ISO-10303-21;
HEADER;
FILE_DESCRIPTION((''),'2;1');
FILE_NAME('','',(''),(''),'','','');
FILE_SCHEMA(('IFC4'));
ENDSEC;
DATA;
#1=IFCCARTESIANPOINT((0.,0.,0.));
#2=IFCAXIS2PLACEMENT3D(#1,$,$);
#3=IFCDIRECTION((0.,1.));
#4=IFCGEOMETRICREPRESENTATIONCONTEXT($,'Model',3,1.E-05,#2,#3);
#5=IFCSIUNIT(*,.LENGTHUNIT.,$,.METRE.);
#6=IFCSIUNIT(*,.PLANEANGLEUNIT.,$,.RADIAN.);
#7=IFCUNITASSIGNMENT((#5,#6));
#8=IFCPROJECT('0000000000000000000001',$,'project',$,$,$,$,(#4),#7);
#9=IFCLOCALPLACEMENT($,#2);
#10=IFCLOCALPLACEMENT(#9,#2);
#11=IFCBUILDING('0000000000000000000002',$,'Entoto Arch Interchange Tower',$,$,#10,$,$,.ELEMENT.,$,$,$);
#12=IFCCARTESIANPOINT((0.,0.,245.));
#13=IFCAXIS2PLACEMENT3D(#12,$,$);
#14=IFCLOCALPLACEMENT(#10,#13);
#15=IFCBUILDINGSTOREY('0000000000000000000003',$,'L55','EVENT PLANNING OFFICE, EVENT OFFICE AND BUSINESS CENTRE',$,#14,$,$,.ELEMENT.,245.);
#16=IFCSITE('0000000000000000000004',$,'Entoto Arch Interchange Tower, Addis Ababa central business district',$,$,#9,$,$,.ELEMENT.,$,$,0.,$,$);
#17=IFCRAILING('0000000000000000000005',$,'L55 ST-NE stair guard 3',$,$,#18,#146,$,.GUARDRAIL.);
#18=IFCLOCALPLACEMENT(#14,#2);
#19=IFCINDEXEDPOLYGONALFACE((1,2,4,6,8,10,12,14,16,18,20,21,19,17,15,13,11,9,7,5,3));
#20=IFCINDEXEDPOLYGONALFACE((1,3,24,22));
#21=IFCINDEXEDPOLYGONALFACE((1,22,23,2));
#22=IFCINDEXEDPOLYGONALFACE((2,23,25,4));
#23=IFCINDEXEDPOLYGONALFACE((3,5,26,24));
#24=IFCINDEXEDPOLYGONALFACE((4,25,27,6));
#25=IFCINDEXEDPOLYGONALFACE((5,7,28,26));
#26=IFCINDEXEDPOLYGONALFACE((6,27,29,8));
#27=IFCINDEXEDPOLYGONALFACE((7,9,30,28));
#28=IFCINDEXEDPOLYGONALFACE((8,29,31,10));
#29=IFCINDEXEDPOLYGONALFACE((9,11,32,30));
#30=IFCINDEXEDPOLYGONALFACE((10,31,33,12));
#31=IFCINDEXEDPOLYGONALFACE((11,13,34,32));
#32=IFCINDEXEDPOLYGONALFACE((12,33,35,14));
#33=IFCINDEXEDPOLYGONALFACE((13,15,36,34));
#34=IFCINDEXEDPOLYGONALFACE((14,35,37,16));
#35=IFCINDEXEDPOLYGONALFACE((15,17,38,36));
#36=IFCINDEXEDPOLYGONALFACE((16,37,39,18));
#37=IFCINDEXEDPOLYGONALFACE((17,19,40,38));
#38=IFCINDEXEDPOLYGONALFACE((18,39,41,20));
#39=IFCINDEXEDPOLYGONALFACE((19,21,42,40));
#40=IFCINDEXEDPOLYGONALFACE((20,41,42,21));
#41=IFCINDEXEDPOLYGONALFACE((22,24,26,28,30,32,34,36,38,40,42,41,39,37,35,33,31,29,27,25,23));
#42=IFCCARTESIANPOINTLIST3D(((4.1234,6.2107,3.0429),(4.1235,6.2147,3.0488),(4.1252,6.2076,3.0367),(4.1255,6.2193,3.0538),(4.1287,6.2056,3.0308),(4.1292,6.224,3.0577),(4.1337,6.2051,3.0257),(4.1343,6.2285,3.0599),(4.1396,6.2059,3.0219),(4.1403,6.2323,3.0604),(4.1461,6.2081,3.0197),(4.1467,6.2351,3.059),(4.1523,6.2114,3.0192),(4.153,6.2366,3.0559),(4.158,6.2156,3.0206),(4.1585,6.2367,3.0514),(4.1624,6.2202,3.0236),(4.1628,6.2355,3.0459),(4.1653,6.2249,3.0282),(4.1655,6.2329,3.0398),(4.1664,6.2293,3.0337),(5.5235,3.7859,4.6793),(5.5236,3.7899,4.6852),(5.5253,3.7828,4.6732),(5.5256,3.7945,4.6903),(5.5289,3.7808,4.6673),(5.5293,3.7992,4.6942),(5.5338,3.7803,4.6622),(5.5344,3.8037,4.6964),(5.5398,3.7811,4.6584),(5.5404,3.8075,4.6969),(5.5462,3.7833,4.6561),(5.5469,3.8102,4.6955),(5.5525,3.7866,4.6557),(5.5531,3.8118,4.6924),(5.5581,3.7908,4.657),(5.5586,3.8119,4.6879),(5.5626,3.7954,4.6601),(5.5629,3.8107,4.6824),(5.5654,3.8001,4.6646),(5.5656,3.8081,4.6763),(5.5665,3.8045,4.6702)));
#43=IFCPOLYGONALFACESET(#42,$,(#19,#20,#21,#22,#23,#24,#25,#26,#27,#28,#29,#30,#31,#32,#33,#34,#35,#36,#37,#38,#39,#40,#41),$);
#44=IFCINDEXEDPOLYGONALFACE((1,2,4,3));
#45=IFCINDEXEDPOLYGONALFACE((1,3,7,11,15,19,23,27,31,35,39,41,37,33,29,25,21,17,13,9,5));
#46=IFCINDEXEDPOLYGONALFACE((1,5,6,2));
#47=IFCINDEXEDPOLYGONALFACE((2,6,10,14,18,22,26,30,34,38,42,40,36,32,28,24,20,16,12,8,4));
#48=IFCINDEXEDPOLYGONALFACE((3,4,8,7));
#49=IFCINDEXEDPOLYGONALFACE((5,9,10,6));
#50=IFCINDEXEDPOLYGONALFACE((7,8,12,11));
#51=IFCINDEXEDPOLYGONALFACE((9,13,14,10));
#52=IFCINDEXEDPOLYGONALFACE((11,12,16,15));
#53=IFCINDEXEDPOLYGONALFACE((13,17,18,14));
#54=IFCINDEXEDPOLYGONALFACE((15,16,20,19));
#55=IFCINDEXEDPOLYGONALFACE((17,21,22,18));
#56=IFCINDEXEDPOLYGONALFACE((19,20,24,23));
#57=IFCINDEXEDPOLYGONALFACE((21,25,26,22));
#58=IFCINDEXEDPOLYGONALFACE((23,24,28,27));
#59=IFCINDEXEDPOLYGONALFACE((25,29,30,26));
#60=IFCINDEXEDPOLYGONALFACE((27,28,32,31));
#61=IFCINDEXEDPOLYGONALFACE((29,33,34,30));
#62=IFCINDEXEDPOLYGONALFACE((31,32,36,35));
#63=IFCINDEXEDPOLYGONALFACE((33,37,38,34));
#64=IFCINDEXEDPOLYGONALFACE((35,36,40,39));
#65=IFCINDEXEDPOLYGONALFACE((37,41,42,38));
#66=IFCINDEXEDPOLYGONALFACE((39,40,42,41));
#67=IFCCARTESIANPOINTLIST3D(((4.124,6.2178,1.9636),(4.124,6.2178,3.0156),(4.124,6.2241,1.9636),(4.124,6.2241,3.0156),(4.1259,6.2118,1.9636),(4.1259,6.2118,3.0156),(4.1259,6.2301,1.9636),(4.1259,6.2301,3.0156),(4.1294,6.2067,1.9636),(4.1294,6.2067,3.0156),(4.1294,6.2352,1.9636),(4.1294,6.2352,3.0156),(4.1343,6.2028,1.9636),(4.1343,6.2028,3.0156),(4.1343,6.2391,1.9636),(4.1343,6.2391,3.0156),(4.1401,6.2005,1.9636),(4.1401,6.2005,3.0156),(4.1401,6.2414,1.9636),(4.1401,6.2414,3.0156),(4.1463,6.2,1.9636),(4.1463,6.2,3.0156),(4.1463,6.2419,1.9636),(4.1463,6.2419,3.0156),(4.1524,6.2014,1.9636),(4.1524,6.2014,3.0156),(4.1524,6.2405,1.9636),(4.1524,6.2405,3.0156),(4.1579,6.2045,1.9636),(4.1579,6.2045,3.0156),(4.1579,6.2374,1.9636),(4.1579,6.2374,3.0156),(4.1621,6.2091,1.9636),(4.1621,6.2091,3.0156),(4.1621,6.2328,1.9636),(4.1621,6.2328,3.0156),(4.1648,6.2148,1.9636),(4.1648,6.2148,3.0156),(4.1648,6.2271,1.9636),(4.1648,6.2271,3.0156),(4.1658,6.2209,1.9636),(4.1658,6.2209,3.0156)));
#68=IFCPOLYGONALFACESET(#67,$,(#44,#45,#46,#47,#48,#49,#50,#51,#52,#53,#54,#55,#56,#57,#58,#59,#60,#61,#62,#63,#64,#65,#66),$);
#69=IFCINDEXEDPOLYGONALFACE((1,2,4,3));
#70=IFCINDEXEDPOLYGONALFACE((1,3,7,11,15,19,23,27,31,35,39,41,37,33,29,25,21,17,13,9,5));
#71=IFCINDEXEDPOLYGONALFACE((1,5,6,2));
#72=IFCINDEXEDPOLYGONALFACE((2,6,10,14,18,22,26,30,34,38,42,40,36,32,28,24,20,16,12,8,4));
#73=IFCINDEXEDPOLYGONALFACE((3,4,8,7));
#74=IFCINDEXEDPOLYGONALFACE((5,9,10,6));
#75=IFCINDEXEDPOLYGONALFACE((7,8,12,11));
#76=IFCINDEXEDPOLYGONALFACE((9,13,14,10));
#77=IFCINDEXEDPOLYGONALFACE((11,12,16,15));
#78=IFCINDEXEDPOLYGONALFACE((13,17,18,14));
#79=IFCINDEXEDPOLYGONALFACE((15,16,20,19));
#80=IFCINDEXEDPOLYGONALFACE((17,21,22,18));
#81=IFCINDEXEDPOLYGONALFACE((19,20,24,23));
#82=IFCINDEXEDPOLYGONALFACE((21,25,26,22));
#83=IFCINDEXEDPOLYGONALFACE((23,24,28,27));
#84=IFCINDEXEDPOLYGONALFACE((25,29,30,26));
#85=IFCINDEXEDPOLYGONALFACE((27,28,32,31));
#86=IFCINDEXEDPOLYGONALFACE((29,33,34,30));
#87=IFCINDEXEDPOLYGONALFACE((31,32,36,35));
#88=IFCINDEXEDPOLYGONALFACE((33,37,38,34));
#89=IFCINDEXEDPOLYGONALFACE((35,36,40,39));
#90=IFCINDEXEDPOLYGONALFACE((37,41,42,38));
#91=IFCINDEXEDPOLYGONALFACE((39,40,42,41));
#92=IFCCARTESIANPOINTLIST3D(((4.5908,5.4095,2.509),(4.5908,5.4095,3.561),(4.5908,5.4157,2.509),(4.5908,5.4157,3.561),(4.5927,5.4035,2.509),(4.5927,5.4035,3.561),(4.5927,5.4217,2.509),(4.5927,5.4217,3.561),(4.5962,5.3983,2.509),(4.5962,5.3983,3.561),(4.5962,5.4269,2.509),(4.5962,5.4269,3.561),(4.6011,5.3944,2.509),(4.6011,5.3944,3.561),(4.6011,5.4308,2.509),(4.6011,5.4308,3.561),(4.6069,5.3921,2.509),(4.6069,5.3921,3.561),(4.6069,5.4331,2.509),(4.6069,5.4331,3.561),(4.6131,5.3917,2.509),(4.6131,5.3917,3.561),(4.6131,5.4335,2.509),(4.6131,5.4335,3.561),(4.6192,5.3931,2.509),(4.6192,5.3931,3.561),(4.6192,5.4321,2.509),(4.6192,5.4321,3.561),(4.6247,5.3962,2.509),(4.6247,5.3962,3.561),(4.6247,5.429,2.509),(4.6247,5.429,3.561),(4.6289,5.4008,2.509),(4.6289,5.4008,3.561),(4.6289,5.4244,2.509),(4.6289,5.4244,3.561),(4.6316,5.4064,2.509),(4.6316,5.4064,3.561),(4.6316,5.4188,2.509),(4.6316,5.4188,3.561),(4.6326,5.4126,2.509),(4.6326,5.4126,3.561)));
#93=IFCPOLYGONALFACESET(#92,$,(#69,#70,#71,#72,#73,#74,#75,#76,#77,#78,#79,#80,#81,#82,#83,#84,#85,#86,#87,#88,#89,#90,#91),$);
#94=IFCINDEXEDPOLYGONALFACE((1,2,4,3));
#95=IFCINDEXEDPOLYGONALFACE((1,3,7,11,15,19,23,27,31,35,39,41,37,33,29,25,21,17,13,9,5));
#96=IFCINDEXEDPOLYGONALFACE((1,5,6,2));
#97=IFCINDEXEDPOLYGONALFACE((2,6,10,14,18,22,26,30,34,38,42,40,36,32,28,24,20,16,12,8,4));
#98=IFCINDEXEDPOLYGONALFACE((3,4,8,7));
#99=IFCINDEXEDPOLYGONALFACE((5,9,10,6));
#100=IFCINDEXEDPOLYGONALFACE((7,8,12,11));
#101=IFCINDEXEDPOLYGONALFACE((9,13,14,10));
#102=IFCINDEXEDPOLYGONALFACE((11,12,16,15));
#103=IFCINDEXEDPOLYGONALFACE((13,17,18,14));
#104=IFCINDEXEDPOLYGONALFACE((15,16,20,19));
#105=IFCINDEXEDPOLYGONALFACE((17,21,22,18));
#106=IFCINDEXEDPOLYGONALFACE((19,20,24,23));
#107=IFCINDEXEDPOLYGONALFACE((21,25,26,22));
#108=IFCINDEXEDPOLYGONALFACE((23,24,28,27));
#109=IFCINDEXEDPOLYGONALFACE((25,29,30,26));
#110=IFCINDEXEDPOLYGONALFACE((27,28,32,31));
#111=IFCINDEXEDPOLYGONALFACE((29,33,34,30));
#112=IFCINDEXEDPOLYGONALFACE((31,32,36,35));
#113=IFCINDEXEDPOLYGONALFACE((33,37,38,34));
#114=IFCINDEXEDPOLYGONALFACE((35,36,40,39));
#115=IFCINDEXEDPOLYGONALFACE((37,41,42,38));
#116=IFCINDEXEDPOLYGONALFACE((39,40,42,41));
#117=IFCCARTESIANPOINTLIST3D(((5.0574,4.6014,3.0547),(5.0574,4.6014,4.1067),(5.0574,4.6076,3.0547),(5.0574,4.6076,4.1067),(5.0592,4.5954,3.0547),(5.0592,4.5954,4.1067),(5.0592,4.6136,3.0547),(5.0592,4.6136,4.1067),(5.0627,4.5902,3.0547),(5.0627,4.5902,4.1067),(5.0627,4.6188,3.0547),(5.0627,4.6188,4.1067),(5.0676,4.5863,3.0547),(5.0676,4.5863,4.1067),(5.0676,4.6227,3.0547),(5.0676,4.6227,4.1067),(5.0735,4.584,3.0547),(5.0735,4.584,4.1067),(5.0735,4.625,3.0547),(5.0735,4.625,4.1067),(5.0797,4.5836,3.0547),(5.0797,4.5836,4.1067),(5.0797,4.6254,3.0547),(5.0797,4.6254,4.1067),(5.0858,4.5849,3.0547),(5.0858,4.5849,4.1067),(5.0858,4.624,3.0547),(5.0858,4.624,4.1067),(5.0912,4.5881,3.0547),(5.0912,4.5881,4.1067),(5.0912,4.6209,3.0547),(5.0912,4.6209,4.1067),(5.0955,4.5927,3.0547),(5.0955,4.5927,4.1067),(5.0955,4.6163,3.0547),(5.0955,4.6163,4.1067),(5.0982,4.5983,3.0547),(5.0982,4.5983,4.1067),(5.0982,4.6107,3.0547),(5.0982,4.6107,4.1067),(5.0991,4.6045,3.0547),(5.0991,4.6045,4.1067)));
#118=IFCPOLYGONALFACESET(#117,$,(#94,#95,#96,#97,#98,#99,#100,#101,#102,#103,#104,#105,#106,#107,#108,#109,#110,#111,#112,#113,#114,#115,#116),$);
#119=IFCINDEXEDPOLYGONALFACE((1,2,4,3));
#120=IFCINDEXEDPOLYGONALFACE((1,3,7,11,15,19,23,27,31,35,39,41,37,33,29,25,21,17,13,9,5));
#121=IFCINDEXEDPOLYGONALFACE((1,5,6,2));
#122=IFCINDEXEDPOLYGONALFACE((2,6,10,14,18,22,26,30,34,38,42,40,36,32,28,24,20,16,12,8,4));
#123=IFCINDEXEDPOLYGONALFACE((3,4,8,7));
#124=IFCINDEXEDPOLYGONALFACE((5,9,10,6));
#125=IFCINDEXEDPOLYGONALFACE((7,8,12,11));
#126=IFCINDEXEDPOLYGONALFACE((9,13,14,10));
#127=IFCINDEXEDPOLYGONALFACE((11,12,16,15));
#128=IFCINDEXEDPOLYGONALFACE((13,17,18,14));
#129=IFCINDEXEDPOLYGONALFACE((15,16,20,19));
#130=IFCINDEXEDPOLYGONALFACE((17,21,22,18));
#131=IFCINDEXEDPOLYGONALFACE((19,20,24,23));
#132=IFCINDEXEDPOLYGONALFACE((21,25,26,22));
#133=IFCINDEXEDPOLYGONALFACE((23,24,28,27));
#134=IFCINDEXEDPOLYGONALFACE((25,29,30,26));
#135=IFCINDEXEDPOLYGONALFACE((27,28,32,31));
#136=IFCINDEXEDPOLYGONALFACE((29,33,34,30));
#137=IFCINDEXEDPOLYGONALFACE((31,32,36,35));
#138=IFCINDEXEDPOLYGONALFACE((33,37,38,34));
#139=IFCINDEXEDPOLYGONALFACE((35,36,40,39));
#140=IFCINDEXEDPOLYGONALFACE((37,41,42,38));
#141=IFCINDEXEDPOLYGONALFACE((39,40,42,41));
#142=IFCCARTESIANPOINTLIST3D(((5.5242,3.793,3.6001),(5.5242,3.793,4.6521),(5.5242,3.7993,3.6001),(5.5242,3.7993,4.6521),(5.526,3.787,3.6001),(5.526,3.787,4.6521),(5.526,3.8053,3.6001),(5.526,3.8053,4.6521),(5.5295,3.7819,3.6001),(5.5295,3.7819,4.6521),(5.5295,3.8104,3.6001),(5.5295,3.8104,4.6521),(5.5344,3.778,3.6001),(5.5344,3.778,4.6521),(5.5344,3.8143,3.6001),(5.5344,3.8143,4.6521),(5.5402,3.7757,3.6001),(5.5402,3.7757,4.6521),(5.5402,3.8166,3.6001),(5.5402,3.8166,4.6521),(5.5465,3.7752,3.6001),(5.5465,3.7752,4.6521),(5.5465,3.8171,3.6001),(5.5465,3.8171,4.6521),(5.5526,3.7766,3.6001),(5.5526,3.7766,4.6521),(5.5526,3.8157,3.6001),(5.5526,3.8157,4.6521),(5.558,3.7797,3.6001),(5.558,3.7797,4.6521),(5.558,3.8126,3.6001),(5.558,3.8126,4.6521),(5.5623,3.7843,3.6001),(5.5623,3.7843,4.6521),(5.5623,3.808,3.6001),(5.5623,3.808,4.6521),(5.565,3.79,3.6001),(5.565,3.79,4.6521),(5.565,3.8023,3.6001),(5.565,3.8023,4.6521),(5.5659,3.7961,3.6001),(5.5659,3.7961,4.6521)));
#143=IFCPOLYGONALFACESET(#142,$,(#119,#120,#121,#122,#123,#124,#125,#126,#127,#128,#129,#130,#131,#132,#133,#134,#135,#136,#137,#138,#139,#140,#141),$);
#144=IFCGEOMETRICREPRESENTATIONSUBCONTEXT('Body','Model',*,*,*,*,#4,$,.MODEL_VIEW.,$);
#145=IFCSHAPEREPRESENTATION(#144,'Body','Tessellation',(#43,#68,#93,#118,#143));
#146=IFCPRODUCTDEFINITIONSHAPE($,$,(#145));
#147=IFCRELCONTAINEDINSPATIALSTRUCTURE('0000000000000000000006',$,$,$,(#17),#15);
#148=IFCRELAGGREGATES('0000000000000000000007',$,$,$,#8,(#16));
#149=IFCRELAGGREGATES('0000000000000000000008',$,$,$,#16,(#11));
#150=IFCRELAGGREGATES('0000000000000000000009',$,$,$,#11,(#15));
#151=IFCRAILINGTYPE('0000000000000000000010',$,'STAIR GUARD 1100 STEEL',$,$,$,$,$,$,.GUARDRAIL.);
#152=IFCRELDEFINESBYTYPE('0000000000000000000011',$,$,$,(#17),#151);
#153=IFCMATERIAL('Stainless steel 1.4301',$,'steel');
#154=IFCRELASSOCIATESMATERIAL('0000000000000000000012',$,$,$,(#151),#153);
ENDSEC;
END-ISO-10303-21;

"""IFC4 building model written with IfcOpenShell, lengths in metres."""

from ifc_helpers import new_model, si_unit, direction, frame, origin, origin_2d, place, context, subcontext, project, spatial, circle, extrude, material, type_object, element, save


model = new_model("IFC4")

# Units and contexts
model_context = context("Model", 3, precision=1e-05, world=origin(), true_north=direction((0.0, 1.0)))
body_context = subcontext(model_context, "Body", "Model", "MODEL_VIEW")
ifc_project = project(units=[si_unit("LENGTHUNIT", "METRE"), si_unit("PLANEANGLEUNIT", "RADIAN")], contexts=[model_context])

# Site, building, storey
site_placement = place(None, origin())
site = spatial("IfcSite", under=ifc_project, at=site_placement, Name="Entoto Arch Interchange Tower, Addis Ababa central business district", CompositionType="ELEMENT", RefElevation=0.0)
building_placement = place(site_placement, origin())
building = spatial("IfcBuilding", under=site, at=building_placement, Name="Entoto Arch Interchange Tower", CompositionType="ELEMENT")
storey_placement = place(building_placement, frame((0.0, 0.0, 245.0)))
storey = spatial("IfcBuildingStorey", under=building, at=storey_placement, Name="L55", Description="EVENT PLANNING OFFICE, EVENT OFFICE AND BUSINESS CENTRE", CompositionType="ELEMENT", Elevation=245.0)

# Railing
ifc_material_1 = material(Name="Stainless steel 1.4301", Category="steel")
railing_type_1 = type_object("IfcRailingType", Name="STAIR GUARD 1100 STEEL", PredefinedType="GUARDRAIL", material=ifc_material_1)
railing_1_placement = place(storey_placement, frame((4.1448, 6.2209, 1.9636)))
element("IfcRailing", 1, at=railing_1_placement, inside=storey, type_object=railing_type_1, Name="L55 ST-NE stair guard 3", PredefinedType="GUARDRAIL", context=body_context, shape_type="SweptSolid", body=[
    extrude(circle(Radius=0.0239, at=origin_2d()), frame((0.0, 0.0, 1.0762), z_axis=(0.431722, -0.747666, 0.504591), x_axis=(0.865997, 0.50005, 0.0)), (0.0, 0.0, 1.0), 3.2432),
    extrude(circle(Radius=0.021, at=origin_2d()), origin(), (0.0, 0.0, 1.0), 1.052),
    extrude(circle(Radius=0.021, at=origin_2d()), frame((0.4668, -0.8083, 0.5454)), (0.0, 0.0, 1.0), 1.052),
    extrude(circle(Radius=0.021, at=origin_2d()), frame((0.9333, -1.6165, 1.0911)), (0.0, 0.0, 1.0), 1.052),
    extrude(circle(Radius=0.021, at=origin_2d()), frame((1.4001, -2.4248, 1.6365)), (0.0, 0.0, 1.0), 1.052),
])

save(model, "model.ifc")
